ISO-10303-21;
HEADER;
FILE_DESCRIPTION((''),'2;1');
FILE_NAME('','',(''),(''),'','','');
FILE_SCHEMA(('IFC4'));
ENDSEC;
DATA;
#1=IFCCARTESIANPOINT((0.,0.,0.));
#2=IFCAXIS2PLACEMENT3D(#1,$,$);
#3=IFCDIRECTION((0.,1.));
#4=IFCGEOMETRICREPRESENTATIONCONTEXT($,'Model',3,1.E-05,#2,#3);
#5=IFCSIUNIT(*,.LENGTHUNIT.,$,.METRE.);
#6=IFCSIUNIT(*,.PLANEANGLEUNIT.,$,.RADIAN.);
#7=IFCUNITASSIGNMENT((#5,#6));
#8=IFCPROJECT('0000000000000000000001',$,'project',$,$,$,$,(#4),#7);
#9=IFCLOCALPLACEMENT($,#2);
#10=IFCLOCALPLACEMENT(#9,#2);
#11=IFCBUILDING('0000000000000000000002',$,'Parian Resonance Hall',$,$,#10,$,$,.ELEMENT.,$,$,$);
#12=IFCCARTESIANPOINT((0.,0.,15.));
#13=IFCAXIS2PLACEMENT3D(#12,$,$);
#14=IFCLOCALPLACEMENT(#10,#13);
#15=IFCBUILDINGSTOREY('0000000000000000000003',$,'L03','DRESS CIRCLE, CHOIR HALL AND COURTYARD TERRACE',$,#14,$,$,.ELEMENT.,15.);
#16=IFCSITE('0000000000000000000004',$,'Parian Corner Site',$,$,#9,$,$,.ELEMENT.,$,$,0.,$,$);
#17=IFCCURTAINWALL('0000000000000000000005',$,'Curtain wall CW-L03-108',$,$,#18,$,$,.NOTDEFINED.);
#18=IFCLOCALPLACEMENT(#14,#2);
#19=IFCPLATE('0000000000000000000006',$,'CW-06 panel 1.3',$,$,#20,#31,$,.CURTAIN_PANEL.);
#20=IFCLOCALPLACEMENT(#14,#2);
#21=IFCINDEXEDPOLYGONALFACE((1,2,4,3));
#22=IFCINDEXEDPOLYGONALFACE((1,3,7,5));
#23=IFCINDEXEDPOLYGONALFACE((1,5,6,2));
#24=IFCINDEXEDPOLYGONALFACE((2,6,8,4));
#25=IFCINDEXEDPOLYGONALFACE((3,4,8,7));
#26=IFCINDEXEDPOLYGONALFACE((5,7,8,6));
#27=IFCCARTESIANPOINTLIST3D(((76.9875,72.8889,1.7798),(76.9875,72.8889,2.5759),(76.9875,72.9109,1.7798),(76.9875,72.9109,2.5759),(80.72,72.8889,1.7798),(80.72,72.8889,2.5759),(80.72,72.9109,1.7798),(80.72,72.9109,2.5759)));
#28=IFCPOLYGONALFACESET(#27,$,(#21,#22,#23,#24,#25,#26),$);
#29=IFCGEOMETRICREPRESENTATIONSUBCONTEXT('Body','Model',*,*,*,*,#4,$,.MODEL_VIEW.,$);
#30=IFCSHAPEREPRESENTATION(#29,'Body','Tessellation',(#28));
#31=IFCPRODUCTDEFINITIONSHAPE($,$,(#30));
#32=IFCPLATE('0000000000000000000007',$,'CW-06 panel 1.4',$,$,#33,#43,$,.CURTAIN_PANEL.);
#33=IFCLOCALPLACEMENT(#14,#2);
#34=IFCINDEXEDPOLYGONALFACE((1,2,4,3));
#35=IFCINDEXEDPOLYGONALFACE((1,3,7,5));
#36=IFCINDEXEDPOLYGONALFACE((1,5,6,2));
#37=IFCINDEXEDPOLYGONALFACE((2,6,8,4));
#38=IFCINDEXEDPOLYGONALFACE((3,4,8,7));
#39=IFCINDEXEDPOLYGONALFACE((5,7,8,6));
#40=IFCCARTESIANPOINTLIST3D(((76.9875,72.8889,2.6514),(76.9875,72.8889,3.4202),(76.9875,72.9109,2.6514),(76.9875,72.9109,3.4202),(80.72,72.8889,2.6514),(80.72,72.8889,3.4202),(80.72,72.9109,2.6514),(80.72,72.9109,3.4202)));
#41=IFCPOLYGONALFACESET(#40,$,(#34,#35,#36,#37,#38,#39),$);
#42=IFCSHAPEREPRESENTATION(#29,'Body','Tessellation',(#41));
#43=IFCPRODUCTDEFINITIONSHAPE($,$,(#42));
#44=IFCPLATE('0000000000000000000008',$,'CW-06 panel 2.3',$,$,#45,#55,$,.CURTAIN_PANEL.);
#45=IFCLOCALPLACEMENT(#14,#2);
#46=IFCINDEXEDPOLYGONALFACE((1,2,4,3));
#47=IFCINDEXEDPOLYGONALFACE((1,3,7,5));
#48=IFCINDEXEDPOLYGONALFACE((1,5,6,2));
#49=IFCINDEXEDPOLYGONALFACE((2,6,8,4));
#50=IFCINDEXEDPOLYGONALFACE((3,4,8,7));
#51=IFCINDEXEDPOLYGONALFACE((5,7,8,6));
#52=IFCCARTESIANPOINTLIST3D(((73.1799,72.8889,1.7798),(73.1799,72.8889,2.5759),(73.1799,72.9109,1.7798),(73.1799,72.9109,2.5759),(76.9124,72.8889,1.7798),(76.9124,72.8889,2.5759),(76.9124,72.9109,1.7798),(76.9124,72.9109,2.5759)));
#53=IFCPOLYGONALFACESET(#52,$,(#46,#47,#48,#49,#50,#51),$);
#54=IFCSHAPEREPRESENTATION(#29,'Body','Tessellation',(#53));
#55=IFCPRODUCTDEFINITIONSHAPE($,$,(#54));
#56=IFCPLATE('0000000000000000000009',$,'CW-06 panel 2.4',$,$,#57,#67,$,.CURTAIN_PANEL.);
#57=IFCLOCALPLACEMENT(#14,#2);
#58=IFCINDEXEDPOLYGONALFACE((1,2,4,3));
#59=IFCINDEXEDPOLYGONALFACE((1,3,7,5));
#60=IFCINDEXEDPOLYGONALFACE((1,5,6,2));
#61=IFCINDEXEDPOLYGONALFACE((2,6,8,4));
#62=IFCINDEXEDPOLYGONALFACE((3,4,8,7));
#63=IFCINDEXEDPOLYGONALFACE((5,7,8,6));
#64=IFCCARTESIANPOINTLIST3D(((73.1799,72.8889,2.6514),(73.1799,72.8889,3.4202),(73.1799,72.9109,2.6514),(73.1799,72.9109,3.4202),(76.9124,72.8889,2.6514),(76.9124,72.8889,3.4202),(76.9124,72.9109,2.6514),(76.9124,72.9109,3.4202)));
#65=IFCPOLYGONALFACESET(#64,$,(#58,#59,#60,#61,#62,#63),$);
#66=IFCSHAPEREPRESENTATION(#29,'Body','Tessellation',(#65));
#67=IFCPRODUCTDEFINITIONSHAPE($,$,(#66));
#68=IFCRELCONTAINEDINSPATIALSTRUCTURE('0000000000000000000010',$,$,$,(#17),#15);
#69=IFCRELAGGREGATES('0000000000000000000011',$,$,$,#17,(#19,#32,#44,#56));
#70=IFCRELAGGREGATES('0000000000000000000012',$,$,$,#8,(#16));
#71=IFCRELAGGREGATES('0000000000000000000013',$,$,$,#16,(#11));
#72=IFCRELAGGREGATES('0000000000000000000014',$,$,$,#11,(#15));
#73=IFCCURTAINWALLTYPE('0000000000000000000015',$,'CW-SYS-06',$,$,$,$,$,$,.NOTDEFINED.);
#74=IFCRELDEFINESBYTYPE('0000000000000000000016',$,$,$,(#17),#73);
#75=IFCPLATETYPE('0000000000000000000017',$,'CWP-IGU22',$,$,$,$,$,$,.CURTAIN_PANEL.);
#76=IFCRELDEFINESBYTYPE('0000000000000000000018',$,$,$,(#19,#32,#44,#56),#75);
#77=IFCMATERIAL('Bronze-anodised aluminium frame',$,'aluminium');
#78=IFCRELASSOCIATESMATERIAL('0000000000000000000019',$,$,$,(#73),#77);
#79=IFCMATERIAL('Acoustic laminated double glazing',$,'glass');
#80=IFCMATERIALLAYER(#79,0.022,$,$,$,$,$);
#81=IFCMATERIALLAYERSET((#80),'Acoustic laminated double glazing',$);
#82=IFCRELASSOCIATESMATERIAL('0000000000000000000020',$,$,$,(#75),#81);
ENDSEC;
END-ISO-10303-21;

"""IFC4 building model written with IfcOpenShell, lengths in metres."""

from ifc_helpers import new_model, si_unit, direction, frame, origin, origin_2d, place, context, subcontext, project, spatial, rectangle, extrude, material, layer, layer_set, type_object, element, aggregate, save


model = new_model("IFC4")

# Units and contexts
model_context = context("Model", 3, precision=1e-05, world=origin(), true_north=direction((0.0, 1.0)))
body_context = subcontext(model_context, "Body", "Model", "MODEL_VIEW")
ifc_project = project(units=[si_unit("LENGTHUNIT", "METRE"), si_unit("PLANEANGLEUNIT", "RADIAN")], contexts=[model_context])

# Site, building, storey
site_placement = place(None, origin())
site = spatial("IfcSite", under=ifc_project, at=site_placement, Name="Parian Corner Site", CompositionType="ELEMENT", RefElevation=0.0)
building_placement = place(site_placement, origin())
building = spatial("IfcBuilding", under=site, at=building_placement, Name="Parian Resonance Hall", CompositionType="ELEMENT")
storey_placement = place(building_placement, frame((0.0, 0.0, 15.0)))
storey = spatial("IfcBuildingStorey", under=building, at=storey_placement, Name="L03", Description="DRESS CIRCLE, CHOIR HALL AND COURTYARD TERRACE", CompositionType="ELEMENT", Elevation=15.0)

# Curtain wall, plates
ifc_material_1 = material(Name="Bronze-anodised aluminium frame", Category="aluminium")
curtain_wall_type = type_object("IfcCurtainWallType", Name="CW-SYS-06", PredefinedType="NOTDEFINED", material=ifc_material_1)
curtain_wall_placement = place(storey_placement, origin())
curtain_wall = element("IfcCurtainWall", 1, at=curtain_wall_placement, inside=storey, type_object=curtain_wall_type, Name="Curtain wall CW-L03-108", PredefinedType="NOTDEFINED")
ifc_material_2 = material(Name="Acoustic laminated double glazing", Category="glass")
ifc_layer = layer(ifc_material_2, 0.022)
ifc_layer_set = layer_set([ifc_layer], Name="Acoustic laminated double glazing")
plate_type = type_object("IfcPlateType", Name="CWP-IGU22", PredefinedType="CURTAIN_PANEL", material=ifc_layer_set)
plate_1_placement = place(storey_placement, frame((78.8538, 72.8999, 1.7798), z_axis=(0.0, 0.0, 1.0), x_axis=(-1.0, 0.0, 0.0)))
plate_1 = element("IfcPlate", 2, at=plate_1_placement, type_object=plate_type, Name="CW-06 panel 1.3", PredefinedType="CURTAIN_PANEL", context=body_context, shape_type="SweptSolid", body=[
    extrude(rectangle(XDim=3.7324, YDim=0.022, at=origin_2d()), origin(), (0.0, 0.0, 1.0), 0.7961),
])
plate_2_placement = place(storey_placement, frame((78.8538, 72.8999, 2.6514), z_axis=(0.0, 0.0, 1.0), x_axis=(-1.0, 0.0, 0.0)))
plate_2 = element("IfcPlate", 3, at=plate_2_placement, type_object=plate_type, Name="CW-06 panel 1.4", PredefinedType="CURTAIN_PANEL", context=body_context, shape_type="SweptSolid", body=[
    extrude(rectangle(XDim=3.7324, YDim=0.022, at=origin_2d()), origin(), (0.0, 0.0, 1.0), 0.7688),
])
plate_3_placement = place(storey_placement, frame((75.0461, 72.8999, 1.7798), z_axis=(0.0, 0.0, 1.0), x_axis=(-1.0, 0.0, 0.0)))
plate_3 = element("IfcPlate", 4, at=plate_3_placement, type_object=plate_type, Name="CW-06 panel 2.3", PredefinedType="CURTAIN_PANEL", context=body_context, shape_type="SweptSolid", body=[
    extrude(rectangle(XDim=3.7324, YDim=0.022, at=origin_2d()), origin(), (0.0, 0.0, 1.0), 0.7961),
])
plate_4_placement = place(storey_placement, frame((75.0461, 72.8999, 2.6514), z_axis=(0.0, 0.0, 1.0), x_axis=(-1.0, 0.0, 0.0)))
plate_4 = element("IfcPlate", 5, at=plate_4_placement, type_object=plate_type, Name="CW-06 panel 2.4", PredefinedType="CURTAIN_PANEL", context=body_context, shape_type="SweptSolid", body=[
    extrude(rectangle(XDim=3.7324, YDim=0.022, at=origin_2d()), origin(), (0.0, 0.0, 1.0), 0.7688),
])
aggregate(curtain_wall, [plate_1, plate_2, plate_3, plate_4])

save(model, "model.ifc")
